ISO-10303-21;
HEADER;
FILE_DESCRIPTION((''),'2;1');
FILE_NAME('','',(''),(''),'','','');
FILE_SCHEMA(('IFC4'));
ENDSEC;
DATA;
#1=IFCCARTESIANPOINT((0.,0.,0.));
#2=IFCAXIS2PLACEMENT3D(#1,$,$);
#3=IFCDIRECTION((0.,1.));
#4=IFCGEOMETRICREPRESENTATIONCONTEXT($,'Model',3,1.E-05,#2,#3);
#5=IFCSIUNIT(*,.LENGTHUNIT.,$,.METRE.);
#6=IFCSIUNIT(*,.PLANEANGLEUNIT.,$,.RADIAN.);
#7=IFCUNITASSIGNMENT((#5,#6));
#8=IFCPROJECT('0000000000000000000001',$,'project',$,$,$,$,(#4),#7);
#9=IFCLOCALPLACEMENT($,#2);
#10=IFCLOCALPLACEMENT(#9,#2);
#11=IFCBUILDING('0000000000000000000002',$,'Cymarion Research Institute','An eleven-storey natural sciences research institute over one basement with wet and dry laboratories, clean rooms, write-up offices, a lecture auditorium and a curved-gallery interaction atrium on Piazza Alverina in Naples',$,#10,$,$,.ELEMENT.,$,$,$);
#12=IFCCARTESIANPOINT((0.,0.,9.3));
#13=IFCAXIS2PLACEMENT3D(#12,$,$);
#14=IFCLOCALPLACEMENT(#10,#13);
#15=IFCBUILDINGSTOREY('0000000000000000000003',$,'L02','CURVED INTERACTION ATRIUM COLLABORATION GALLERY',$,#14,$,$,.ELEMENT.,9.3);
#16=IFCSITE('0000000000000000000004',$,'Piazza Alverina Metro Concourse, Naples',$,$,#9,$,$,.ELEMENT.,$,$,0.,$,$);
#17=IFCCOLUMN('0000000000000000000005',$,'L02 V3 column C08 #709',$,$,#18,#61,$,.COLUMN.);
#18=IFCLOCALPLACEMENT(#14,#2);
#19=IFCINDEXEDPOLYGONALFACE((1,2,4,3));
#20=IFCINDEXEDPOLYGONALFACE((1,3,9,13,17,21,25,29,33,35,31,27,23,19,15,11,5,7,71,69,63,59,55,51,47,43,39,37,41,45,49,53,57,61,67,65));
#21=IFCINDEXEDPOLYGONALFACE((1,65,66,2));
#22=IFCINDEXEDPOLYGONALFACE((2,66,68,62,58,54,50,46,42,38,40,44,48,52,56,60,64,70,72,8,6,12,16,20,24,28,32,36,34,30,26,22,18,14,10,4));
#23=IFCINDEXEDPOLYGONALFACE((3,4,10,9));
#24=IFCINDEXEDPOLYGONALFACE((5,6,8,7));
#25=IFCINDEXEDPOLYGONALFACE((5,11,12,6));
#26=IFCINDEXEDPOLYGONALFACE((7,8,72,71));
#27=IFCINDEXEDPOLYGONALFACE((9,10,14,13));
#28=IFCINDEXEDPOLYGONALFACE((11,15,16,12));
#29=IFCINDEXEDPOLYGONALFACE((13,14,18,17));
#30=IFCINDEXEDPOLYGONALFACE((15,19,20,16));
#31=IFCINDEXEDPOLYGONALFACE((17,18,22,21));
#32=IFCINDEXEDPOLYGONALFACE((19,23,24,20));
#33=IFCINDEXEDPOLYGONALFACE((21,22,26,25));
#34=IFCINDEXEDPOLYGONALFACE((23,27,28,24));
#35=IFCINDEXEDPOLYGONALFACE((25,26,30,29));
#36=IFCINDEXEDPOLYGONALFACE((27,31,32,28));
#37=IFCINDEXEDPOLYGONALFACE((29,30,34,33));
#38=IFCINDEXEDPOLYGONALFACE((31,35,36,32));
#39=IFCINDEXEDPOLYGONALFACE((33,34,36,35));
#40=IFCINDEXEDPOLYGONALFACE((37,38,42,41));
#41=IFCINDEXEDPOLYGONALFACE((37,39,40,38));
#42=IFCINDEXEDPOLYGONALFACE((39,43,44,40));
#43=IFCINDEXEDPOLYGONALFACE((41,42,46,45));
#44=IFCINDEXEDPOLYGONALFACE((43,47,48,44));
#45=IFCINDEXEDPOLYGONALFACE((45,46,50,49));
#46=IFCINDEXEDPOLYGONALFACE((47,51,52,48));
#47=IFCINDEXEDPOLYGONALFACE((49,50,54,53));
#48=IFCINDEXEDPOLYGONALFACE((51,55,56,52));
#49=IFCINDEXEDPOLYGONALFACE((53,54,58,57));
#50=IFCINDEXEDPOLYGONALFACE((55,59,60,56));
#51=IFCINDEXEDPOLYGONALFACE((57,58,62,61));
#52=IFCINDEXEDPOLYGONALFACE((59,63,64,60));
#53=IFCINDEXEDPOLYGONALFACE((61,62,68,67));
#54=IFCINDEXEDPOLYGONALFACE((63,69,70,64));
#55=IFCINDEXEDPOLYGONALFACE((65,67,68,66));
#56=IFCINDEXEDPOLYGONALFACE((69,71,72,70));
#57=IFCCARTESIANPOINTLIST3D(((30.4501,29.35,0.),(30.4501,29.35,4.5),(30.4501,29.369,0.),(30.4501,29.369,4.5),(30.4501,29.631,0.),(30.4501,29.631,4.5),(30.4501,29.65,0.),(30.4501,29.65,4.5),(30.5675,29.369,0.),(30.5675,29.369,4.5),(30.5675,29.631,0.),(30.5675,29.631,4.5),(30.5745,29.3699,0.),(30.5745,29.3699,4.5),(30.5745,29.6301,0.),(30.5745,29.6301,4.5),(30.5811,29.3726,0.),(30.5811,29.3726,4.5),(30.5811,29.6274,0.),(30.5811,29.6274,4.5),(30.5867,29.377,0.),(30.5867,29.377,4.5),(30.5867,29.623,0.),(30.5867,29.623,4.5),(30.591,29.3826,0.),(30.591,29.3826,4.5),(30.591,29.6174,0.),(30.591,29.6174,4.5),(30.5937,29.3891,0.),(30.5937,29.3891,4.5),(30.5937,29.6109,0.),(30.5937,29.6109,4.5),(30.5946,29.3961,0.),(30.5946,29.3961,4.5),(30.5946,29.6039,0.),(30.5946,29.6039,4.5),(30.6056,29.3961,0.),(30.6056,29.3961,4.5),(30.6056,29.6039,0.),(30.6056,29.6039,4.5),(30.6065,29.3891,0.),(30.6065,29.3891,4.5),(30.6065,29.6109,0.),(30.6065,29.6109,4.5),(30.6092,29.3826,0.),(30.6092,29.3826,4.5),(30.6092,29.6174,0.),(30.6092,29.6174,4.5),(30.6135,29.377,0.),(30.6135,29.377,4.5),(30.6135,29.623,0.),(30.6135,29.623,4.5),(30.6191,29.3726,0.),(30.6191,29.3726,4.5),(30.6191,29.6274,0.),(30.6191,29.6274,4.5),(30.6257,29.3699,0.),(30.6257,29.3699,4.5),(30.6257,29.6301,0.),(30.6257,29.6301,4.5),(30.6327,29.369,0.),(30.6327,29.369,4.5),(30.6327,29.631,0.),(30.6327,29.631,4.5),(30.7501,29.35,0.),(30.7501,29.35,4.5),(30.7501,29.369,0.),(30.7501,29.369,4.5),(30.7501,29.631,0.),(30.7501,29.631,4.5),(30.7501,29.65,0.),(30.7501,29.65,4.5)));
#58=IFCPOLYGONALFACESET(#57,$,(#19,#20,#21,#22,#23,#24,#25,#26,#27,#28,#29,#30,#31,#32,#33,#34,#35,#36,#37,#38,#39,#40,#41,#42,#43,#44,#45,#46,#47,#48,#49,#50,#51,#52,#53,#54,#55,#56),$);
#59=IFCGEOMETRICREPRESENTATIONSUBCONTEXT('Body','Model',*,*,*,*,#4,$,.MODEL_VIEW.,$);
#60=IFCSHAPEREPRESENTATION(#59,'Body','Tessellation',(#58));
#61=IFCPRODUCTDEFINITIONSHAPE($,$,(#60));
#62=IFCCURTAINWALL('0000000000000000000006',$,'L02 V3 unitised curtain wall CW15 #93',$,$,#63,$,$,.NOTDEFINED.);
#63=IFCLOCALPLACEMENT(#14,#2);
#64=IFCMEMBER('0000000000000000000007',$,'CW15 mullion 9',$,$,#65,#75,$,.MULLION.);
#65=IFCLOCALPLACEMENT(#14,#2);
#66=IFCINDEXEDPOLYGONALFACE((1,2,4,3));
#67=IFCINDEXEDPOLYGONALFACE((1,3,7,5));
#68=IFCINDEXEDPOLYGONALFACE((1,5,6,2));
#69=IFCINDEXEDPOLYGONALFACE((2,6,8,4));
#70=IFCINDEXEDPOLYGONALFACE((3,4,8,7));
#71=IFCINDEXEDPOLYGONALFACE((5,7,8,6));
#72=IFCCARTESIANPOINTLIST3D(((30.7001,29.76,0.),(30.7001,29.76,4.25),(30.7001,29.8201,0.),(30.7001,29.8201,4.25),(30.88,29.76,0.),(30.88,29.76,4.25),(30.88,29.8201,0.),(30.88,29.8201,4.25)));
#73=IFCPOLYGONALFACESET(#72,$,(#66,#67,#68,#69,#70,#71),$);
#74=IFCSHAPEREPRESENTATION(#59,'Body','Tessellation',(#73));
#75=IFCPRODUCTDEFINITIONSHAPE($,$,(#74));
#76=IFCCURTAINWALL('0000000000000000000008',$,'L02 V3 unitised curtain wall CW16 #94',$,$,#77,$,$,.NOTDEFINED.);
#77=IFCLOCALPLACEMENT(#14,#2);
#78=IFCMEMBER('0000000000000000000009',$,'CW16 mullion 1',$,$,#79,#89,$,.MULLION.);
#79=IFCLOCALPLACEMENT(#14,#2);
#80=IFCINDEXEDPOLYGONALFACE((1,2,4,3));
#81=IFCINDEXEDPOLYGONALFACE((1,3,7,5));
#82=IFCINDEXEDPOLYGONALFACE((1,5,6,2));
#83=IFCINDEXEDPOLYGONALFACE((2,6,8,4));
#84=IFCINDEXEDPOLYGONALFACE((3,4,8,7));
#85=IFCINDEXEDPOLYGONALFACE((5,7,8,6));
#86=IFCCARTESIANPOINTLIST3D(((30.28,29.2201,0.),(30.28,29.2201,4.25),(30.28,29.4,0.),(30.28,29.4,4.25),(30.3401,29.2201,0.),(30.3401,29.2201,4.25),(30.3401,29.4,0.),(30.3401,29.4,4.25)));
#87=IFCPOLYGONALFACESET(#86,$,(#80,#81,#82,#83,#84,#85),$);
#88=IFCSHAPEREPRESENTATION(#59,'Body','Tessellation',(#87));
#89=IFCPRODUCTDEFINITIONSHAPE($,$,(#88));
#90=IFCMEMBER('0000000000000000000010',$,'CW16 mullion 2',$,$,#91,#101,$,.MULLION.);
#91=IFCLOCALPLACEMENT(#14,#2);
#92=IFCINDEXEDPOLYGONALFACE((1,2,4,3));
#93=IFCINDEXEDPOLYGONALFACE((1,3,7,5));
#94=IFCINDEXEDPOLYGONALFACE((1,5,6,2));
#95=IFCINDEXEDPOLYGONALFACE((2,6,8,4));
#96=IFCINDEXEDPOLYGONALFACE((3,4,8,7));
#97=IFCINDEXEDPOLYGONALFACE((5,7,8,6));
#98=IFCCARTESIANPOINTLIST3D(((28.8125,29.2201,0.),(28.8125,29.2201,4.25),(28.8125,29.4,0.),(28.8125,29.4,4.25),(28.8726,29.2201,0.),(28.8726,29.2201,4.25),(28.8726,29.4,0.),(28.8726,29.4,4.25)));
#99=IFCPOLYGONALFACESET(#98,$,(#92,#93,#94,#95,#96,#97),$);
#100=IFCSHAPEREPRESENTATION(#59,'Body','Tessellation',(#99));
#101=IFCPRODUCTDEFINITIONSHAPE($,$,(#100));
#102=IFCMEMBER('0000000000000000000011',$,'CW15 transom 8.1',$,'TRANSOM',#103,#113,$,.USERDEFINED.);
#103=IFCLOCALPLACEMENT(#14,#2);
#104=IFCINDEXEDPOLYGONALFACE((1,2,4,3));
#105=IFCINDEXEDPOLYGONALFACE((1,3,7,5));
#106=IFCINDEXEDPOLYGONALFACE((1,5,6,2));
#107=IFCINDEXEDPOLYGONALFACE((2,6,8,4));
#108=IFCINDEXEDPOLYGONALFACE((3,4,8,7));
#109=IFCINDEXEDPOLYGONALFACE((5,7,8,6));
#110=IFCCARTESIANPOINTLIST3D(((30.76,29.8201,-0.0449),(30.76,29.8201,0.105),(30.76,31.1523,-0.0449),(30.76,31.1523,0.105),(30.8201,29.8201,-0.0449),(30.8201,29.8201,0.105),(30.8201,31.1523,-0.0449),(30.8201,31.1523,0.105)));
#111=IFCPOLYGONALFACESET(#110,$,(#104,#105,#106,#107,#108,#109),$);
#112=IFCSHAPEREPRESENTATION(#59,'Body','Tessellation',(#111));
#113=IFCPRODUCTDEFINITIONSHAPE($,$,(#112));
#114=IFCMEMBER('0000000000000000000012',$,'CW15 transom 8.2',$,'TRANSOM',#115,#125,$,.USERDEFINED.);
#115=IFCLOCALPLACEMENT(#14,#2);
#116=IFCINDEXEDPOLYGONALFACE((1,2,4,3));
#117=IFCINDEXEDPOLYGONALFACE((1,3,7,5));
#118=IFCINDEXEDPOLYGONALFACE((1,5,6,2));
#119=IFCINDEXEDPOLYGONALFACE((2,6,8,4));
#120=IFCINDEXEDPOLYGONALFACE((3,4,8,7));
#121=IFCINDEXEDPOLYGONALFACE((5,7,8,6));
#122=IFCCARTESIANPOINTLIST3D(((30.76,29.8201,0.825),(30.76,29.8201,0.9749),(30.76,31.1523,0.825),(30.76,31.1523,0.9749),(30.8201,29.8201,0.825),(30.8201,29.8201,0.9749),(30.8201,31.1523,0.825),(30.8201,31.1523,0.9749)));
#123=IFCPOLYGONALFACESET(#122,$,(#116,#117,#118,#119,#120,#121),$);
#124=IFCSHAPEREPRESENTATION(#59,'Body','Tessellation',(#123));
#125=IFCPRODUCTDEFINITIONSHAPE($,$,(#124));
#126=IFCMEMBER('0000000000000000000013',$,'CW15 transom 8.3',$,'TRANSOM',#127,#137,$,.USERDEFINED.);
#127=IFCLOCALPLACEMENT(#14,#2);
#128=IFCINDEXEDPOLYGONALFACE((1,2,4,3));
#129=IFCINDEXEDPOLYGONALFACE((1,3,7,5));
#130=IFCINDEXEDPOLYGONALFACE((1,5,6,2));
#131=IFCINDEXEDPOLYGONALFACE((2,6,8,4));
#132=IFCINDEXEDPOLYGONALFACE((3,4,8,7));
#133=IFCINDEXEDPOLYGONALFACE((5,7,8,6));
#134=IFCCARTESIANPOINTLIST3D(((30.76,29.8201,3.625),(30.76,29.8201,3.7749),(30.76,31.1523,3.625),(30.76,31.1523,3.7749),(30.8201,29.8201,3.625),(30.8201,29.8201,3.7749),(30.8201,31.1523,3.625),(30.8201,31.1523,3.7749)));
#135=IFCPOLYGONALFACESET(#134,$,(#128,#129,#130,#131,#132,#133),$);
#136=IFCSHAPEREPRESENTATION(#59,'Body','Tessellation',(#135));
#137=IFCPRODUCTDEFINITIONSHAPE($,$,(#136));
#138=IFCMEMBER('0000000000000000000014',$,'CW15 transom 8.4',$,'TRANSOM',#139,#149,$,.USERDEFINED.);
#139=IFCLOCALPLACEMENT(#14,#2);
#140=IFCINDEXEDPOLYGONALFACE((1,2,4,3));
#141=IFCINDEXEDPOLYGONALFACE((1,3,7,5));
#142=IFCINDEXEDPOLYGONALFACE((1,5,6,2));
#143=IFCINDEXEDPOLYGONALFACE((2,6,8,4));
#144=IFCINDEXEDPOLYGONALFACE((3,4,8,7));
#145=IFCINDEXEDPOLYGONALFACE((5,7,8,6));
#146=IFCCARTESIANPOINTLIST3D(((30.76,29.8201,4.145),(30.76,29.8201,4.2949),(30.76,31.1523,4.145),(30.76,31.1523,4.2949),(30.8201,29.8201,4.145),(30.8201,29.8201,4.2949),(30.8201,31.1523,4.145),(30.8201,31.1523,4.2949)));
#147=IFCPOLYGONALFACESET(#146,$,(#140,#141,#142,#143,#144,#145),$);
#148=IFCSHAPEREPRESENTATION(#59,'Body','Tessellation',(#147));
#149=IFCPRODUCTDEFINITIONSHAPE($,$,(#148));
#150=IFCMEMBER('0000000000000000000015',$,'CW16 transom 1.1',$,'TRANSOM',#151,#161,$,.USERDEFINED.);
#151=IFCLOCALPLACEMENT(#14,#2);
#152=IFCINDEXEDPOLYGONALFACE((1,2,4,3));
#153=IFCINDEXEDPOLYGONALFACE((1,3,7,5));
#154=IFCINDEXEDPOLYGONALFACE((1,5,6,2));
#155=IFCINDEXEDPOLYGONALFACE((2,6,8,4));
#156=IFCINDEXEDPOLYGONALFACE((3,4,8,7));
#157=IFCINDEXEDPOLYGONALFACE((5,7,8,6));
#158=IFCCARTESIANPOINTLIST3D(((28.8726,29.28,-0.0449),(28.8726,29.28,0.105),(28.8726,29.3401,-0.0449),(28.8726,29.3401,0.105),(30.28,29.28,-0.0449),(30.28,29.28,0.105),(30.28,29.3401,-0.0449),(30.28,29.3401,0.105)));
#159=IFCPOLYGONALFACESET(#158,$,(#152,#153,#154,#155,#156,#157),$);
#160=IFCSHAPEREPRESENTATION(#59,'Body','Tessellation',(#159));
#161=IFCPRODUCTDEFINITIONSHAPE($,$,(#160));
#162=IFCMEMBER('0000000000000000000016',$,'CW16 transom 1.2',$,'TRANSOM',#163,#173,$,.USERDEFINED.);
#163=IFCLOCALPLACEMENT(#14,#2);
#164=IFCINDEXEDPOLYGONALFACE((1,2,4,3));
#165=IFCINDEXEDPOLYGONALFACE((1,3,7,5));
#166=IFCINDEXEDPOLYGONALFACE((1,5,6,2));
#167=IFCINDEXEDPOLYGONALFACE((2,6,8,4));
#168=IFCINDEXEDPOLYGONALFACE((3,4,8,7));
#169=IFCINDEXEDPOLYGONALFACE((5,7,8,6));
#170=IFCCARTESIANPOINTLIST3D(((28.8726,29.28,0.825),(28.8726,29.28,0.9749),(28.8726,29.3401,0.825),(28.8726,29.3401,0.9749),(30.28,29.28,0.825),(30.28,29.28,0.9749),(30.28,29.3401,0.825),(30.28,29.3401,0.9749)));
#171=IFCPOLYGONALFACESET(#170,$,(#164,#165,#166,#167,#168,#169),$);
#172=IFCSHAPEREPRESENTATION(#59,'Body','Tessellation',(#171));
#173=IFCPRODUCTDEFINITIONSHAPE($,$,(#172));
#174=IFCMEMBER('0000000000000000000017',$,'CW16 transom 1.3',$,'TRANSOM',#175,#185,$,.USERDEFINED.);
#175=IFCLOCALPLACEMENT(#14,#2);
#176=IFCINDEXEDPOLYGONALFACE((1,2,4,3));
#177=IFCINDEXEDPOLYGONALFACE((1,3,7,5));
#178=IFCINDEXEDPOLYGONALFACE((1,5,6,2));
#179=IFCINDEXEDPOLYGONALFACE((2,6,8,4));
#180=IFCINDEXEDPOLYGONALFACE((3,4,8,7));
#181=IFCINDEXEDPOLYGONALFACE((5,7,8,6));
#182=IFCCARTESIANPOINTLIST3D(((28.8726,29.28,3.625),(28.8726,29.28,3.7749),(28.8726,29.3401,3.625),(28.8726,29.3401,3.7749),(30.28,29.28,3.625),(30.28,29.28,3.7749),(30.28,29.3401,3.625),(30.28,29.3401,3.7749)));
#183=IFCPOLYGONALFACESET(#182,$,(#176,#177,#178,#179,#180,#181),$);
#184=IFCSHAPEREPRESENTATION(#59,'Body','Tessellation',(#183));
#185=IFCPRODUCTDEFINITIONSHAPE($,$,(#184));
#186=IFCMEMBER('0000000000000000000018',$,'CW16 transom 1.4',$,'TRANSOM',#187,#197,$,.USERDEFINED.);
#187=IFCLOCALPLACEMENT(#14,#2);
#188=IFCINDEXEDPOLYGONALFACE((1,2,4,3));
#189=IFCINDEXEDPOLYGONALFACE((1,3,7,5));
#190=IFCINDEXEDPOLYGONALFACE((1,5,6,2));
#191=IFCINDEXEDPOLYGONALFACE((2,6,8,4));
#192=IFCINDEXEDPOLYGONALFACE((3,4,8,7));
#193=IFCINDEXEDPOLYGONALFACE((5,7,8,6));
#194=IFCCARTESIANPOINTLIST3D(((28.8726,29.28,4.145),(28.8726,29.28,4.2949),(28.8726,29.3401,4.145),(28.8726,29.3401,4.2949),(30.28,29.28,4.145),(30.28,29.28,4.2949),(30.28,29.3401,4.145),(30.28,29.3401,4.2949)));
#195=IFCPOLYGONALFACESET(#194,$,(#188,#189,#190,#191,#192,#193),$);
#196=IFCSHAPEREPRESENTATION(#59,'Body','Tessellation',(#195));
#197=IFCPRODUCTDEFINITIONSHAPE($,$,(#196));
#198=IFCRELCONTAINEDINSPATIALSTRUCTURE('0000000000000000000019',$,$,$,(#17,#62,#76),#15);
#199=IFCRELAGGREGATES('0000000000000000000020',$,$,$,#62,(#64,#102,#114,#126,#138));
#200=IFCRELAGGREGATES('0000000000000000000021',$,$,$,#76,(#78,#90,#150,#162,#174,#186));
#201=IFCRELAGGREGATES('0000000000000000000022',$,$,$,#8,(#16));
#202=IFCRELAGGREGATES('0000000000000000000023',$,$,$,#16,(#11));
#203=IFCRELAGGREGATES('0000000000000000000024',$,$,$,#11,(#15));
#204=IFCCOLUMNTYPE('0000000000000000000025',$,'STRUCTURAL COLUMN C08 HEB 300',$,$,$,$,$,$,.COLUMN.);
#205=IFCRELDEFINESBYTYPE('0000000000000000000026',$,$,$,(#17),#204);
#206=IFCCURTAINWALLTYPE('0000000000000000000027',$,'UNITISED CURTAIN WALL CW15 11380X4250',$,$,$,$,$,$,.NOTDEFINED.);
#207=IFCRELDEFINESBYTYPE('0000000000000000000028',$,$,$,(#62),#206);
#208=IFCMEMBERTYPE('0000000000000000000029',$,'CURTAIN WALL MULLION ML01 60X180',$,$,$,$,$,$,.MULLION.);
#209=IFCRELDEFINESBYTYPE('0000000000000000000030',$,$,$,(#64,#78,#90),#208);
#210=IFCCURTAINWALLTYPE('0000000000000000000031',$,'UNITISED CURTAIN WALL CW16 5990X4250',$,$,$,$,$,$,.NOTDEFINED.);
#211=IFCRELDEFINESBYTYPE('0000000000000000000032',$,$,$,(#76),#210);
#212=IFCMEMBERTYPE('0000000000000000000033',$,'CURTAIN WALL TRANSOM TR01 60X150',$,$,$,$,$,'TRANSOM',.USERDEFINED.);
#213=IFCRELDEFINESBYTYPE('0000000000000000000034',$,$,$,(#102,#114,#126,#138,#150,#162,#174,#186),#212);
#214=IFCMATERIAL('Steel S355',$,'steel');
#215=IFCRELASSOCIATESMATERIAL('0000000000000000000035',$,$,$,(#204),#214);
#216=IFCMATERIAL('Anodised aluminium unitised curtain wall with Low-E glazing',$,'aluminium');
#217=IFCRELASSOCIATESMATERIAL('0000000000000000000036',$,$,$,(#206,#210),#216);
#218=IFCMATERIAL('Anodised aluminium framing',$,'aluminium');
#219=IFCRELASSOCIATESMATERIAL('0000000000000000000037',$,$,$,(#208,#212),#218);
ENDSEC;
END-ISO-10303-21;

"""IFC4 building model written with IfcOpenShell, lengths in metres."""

from ifc_helpers import new_model, si_unit, direction, frame, origin, origin_2d, place, context, subcontext, project, spatial, rectangle, i_section, extrude, material, material_profile, profile_set, type_object, element, aggregate, save


model = new_model("IFC4")

# Units and contexts
model_context = context("Model", 3, precision=1e-05, world=origin(), true_north=direction((0.0, 1.0)))
body_context = subcontext(model_context, "Body", "Model", "MODEL_VIEW")
ifc_project = project(units=[si_unit("LENGTHUNIT", "METRE"), si_unit("PLANEANGLEUNIT", "RADIAN")], contexts=[model_context])

# Site, building, storey
site_placement = place(None, origin())
site = spatial("IfcSite", under=ifc_project, at=site_placement, Name="Piazza Alverina Metro Concourse, Naples", CompositionType="ELEMENT", RefElevation=0.0)
building_placement = place(site_placement, origin())
building = spatial("IfcBuilding", under=site, at=building_placement, Name="Cymarion Research Institute", Description="An eleven-storey natural sciences research institute over one basement with wet and dry laboratories, clean rooms, write-up offices, a lecture auditorium and a curved-gallery interaction atrium on Piazza Alverina in Naples", CompositionType="ELEMENT")
storey_placement = place(building_placement, frame((0.0, 0.0, 9.3)))
storey = spatial("IfcBuildingStorey", under=building, at=storey_placement, Name="L02", Description="CURVED INTERACTION ATRIUM COLLABORATION GALLERY", CompositionType="ELEMENT", Elevation=9.3)

# Column
ifc_material_1 = material(Name="Steel S355", Category="steel")
ifc_material_profile_1 = material_profile(ifc_material_1, i_section(OverallWidth=0.3, OverallDepth=0.3, WebThickness=0.011, FlangeThickness=0.019, FilletRadius=0.0271, at=origin_2d()), Name="HEB 300")
ifc_profile_set_1 = profile_set([ifc_material_profile_1], Name="Steel S355")
column_type = type_object("IfcColumnType", Name="STRUCTURAL COLUMN C08 HEB 300", PredefinedType="COLUMN", material=ifc_profile_set_1)
column_placement = place(storey_placement, frame((30.6001, 29.5, 0.0), z_axis=(0.0, 0.0, 1.0), x_axis=(1.0, 0.0, 0.0)))
element("IfcColumn", 1, at=column_placement, inside=storey, type_object=column_type, Name="L02 V3 column C08 #709", PredefinedType="COLUMN", context=body_context, shape_type="SweptSolid", body=[
    extrude(i_section(OverallWidth=0.3, OverallDepth=0.3, WebThickness=0.011, FlangeThickness=0.019, FilletRadius=0.0271, at=origin_2d()), origin(), (0.0, 0.0, 1.0), 4.5),
])

# Curtain wall, member
ifc_material_2 = material(Name="Anodised aluminium unitised curtain wall with Low-E glazing", Category="aluminium")
curtain_wall_type_1 = type_object("IfcCurtainWallType", Name="UNITISED CURTAIN WALL CW15 11380X4250", PredefinedType="NOTDEFINED", material=ifc_material_2)
curtain_wall_1_placement = place(storey_placement, origin())
curtain_wall_1 = element("IfcCurtainWall", 2, at=curtain_wall_1_placement, inside=storey, type_object=curtain_wall_type_1, Name="L02 V3 unitised curtain wall CW15 #93", PredefinedType="NOTDEFINED")
ifc_material_3 = material(Name="Anodised aluminium framing", Category="aluminium")
ifc_material_profile_2 = material_profile(ifc_material_3, rectangle(XDim=0.0601, YDim=0.1799, at=origin_2d()), Name="ALU MULLION 60x180")
ifc_profile_set_2 = profile_set([ifc_material_profile_2], Name="Anodised aluminium framing")
member_type_1 = type_object("IfcMemberType", Name="CURTAIN WALL MULLION ML01 60X180", PredefinedType="MULLION", material=ifc_profile_set_2)
member_1_placement = place(storey_placement, frame((30.79, 29.79, 0.0), z_axis=(0.0, 0.0, 1.0), x_axis=(0.0, -1.0, 0.0)))
member_1 = element("IfcMember", 3, at=member_1_placement, type_object=member_type_1, Name="CW15 mullion 9", PredefinedType="MULLION", context=body_context, shape_type="SweptSolid", body=[
    extrude(rectangle(XDim=0.0601, YDim=0.1799, at=origin_2d()), origin(), (0.0, 0.0, 1.0), 4.25),
])

# Curtain wall, members
curtain_wall_type_2 = type_object("IfcCurtainWallType", Name="UNITISED CURTAIN WALL CW16 5990X4250", PredefinedType="NOTDEFINED", material=ifc_material_2)
curtain_wall_2_placement = place(storey_placement, origin())
curtain_wall_2 = element("IfcCurtainWall", 4, at=curtain_wall_2_placement, inside=storey, type_object=curtain_wall_type_2, Name="L02 V3 unitised curtain wall CW16 #94", PredefinedType="NOTDEFINED")
member_2_placement = place(storey_placement, frame((30.3101, 29.3101, 0.0), z_axis=(0.0, 0.0, 1.0), x_axis=(-1.0, 0.0, 0.0)))
member_2 = element("IfcMember", 5, at=member_2_placement, type_object=member_type_1, Name="CW16 mullion 1", PredefinedType="MULLION", context=body_context, shape_type="SweptSolid", body=[
    extrude(rectangle(XDim=0.0601, YDim=0.1799, at=origin_2d()), origin(), (0.0, 0.0, 1.0), 4.25),
])
member_3_placement = place(storey_placement, frame((28.8425, 29.3101, 0.0), z_axis=(0.0, 0.0, 1.0), x_axis=(-1.0, 0.0, 0.0)))
member_3 = element("IfcMember", 6, at=member_3_placement, type_object=member_type_1, Name="CW16 mullion 2", PredefinedType="MULLION", context=body_context, shape_type="SweptSolid", body=[
    extrude(rectangle(XDim=0.0601, YDim=0.1799, at=origin_2d()), origin(), (0.0, 0.0, 1.0), 4.25),
])

# Members
ifc_material_profile_3 = material_profile(ifc_material_3, rectangle(XDim=0.0601, YDim=0.1499, at=origin_2d()), Name="ALU TRANSOM 60x150")
ifc_profile_set_3 = profile_set([ifc_material_profile_3], Name="Anodised aluminium framing")
member_type_2 = type_object("IfcMemberType", Name="CURTAIN WALL TRANSOM TR01 60X150", ElementType="TRANSOM", PredefinedType="USERDEFINED", material=ifc_profile_set_3)
member_4_placement = place(storey_placement, frame((30.79, 31.1523, 0.03), z_axis=(0.0, -1.0, 0.0), x_axis=(1.0, 0.0, 0.0)))
member_4 = element("IfcMember", 7, at=member_4_placement, type_object=member_type_2, Name="CW15 transom 8.1", ObjectType="TRANSOM", PredefinedType="USERDEFINED", context=body_context, shape_type="SweptSolid", body=[
    extrude(rectangle(XDim=0.0601, YDim=0.1499, at=origin_2d()), origin(), (0.0, 0.0, 1.0), 1.3323),
])
member_5_placement = place(storey_placement, frame((30.79, 31.1523, 0.8999), z_axis=(0.0, -1.0, 0.0), x_axis=(1.0, 0.0, 0.0)))
member_5 = element("IfcMember", 8, at=member_5_placement, type_object=member_type_2, Name="CW15 transom 8.2", ObjectType="TRANSOM", PredefinedType="USERDEFINED", context=body_context, shape_type="SweptSolid", body=[
    extrude(rectangle(XDim=0.0601, YDim=0.1499, at=origin_2d()), origin(), (0.0, 0.0, 1.0), 1.3323),
])
member_6_placement = place(storey_placement, frame((30.79, 31.1523, 3.7), z_axis=(0.0, -1.0, 0.0), x_axis=(1.0, 0.0, 0.0)))
member_6 = element("IfcMember", 9, at=member_6_placement, type_object=member_type_2, Name="CW15 transom 8.3", ObjectType="TRANSOM", PredefinedType="USERDEFINED", context=body_context, shape_type="SweptSolid", body=[
    extrude(rectangle(XDim=0.0601, YDim=0.1499, at=origin_2d()), origin(), (0.0, 0.0, 1.0), 1.3323),
])
member_7_placement = place(storey_placement, frame((30.79, 31.1523, 4.22), z_axis=(0.0, -1.0, 0.0), x_axis=(1.0, 0.0, 0.0)))
member_7 = element("IfcMember", 10, at=member_7_placement, type_object=member_type_2, Name="CW15 transom 8.4", ObjectType="TRANSOM", PredefinedType="USERDEFINED", context=body_context, shape_type="SweptSolid", body=[
    extrude(rectangle(XDim=0.0601, YDim=0.1499, at=origin_2d()), origin(), (0.0, 0.0, 1.0), 1.3323),
])
member_8_placement = place(storey_placement, frame((30.28, 29.3101, 0.03), z_axis=(-1.0, 0.0, 0.0), x_axis=(0.0, -1.0, 0.0)))
member_8 = element("IfcMember", 11, at=member_8_placement, type_object=member_type_2, Name="CW16 transom 1.1", ObjectType="TRANSOM", PredefinedType="USERDEFINED", context=body_context, shape_type="SweptSolid", body=[
    extrude(rectangle(XDim=0.0601, YDim=0.1499, at=origin_2d()), origin(), (0.0, 0.0, 1.0), 1.4075),
])
member_9_placement = place(storey_placement, frame((30.28, 29.3101, 0.8999), z_axis=(-1.0, 0.0, 0.0), x_axis=(0.0, -1.0, 0.0)))
member_9 = element("IfcMember", 12, at=member_9_placement, type_object=member_type_2, Name="CW16 transom 1.2", ObjectType="TRANSOM", PredefinedType="USERDEFINED", context=body_context, shape_type="SweptSolid", body=[
    extrude(rectangle(XDim=0.0601, YDim=0.1499, at=origin_2d()), origin(), (0.0, 0.0, 1.0), 1.4075),
])
member_10_placement = place(storey_placement, frame((30.28, 29.3101, 3.7), z_axis=(-1.0, 0.0, 0.0), x_axis=(0.0, -1.0, 0.0)))
member_10 = element("IfcMember", 13, at=member_10_placement, type_object=member_type_2, Name="CW16 transom 1.3", ObjectType="TRANSOM", PredefinedType="USERDEFINED", context=body_context, shape_type="SweptSolid", body=[
    extrude(rectangle(XDim=0.0601, YDim=0.1499, at=origin_2d()), origin(), (0.0, 0.0, 1.0), 1.4075),
])
member_11_placement = place(storey_placement, frame((30.28, 29.3101, 4.22), z_axis=(-1.0, 0.0, 0.0), x_axis=(0.0, -1.0, 0.0)))
member_11 = element("IfcMember", 14, at=member_11_placement, type_object=member_type_2, Name="CW16 transom 1.4", ObjectType="TRANSOM", PredefinedType="USERDEFINED", context=body_context, shape_type="SweptSolid", body=[
    extrude(rectangle(XDim=0.0601, YDim=0.1499, at=origin_2d()), origin(), (0.0, 0.0, 1.0), 1.4075),
])

aggregate(curtain_wall_1, [member_1, member_4, member_5, member_6, member_7])
aggregate(curtain_wall_2, [member_2, member_3, member_8, member_9, member_10, member_11])

save(model, "model.ifc")
